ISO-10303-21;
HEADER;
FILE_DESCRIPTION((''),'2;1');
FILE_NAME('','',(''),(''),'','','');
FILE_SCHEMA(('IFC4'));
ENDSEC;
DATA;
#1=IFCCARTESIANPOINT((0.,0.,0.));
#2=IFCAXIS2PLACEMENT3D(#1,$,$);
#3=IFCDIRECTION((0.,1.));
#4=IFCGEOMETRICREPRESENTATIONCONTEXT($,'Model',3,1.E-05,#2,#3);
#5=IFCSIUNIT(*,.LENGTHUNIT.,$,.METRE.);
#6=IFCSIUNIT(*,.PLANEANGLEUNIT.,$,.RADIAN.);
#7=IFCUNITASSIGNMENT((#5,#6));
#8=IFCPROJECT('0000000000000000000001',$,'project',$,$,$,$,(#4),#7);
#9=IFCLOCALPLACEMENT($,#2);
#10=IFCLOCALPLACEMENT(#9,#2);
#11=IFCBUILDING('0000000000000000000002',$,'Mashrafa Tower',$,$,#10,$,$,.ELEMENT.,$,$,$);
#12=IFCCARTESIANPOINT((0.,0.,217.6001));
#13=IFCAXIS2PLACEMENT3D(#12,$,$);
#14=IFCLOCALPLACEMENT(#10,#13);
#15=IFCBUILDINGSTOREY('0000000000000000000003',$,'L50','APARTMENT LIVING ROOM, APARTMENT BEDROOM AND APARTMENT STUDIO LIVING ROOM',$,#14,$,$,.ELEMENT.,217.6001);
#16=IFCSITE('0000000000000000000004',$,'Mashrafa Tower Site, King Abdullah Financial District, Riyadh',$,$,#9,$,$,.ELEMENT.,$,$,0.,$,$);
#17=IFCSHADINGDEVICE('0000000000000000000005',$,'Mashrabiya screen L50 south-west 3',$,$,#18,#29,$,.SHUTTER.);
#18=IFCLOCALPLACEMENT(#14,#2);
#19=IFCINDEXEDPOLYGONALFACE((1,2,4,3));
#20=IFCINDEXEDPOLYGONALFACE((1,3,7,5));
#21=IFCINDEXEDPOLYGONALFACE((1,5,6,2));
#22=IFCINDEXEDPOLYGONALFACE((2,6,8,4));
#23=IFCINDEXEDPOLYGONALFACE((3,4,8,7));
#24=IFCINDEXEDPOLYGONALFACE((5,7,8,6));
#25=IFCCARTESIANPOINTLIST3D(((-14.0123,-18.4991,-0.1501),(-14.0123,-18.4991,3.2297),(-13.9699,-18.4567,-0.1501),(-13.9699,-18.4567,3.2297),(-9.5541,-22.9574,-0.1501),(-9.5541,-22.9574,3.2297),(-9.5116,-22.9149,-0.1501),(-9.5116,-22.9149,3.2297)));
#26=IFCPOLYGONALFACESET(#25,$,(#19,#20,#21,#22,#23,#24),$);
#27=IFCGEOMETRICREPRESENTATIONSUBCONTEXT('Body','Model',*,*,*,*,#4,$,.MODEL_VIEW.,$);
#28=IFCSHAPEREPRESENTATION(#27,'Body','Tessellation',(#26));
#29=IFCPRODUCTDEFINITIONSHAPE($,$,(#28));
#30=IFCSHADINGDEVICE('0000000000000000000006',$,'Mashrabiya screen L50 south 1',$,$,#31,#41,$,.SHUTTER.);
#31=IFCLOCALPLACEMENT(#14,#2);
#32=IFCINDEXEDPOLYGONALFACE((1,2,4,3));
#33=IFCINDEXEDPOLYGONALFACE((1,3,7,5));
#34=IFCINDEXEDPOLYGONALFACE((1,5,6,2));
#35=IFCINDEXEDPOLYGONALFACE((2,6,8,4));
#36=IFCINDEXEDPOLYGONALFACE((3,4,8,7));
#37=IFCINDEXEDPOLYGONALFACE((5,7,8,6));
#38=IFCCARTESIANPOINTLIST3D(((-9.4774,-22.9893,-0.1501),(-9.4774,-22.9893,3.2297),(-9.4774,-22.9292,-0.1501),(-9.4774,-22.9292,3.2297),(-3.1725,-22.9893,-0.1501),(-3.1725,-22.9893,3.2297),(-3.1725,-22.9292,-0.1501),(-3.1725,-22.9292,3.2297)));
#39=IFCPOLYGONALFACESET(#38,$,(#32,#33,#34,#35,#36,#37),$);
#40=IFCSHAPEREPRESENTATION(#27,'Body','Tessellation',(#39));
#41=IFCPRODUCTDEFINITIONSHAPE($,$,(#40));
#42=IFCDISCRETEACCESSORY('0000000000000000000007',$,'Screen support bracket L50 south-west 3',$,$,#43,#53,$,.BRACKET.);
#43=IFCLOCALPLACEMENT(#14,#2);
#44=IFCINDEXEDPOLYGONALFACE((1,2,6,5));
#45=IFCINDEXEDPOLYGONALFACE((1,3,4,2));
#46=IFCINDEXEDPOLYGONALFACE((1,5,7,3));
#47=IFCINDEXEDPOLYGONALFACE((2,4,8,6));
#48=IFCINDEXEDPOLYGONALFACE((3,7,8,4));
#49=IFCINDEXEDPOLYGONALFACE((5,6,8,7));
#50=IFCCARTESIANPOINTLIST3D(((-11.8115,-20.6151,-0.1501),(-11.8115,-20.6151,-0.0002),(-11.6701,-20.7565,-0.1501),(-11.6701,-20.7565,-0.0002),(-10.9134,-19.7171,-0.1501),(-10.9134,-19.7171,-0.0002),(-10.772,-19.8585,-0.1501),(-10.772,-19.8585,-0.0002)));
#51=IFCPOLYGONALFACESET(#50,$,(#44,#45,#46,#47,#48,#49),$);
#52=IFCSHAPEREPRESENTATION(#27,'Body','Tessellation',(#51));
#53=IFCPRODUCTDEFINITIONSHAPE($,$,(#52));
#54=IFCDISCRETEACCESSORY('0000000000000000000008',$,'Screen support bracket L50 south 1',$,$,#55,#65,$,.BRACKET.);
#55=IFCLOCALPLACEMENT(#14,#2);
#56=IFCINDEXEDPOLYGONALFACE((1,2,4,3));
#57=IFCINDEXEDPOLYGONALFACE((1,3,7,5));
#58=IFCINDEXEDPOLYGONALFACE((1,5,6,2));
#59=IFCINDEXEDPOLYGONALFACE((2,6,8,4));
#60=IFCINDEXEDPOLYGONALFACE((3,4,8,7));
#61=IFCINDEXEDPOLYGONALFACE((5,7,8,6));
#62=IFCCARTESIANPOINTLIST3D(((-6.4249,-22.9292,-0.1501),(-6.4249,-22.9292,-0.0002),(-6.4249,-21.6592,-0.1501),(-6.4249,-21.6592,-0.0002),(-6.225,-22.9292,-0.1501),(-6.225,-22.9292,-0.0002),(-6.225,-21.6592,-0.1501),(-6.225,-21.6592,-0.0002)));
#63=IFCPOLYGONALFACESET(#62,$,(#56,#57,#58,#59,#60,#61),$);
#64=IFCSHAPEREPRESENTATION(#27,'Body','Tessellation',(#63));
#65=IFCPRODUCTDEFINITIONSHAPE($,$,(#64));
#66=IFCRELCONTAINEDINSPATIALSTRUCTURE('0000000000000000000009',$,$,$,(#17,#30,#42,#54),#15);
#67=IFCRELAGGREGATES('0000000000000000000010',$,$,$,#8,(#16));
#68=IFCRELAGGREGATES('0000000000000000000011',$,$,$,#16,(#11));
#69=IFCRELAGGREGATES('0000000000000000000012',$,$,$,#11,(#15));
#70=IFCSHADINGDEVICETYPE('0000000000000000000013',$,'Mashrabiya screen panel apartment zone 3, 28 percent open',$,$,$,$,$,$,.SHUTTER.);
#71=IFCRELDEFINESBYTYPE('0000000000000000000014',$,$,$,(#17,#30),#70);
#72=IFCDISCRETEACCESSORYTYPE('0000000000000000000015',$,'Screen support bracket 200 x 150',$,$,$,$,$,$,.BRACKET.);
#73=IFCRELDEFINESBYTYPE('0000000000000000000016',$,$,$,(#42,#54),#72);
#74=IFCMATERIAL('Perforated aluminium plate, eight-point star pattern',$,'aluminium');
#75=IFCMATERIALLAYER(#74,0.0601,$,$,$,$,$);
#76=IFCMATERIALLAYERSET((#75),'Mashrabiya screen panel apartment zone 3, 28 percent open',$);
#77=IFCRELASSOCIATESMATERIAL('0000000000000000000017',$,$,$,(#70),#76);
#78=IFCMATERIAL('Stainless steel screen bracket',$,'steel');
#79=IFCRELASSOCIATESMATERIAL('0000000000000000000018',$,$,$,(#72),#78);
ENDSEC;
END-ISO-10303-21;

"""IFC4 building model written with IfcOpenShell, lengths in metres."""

from ifc_helpers import new_model, si_unit, direction, frame, origin, origin_2d, place, context, subcontext, project, spatial, rectangle, extrude, source, transform, mapped, material, layer, layer_set, type_object, type_shapes, element, save


model = new_model("IFC4")

# Units and contexts
model_context = context("Model", 3, precision=1e-05, world=origin(), true_north=direction((0.0, 1.0)))
body_context = subcontext(model_context, "Body", "Model", "MODEL_VIEW")
ifc_project = project(units=[si_unit("LENGTHUNIT", "METRE"), si_unit("PLANEANGLEUNIT", "RADIAN")], contexts=[model_context])

# Site, building, storey
site_placement = place(None, origin())
site = spatial("IfcSite", under=ifc_project, at=site_placement, Name="Mashrafa Tower Site, King Abdullah Financial District, Riyadh", CompositionType="ELEMENT", RefElevation=0.0)
building_placement = place(site_placement, origin())
building = spatial("IfcBuilding", under=site, at=building_placement, Name="Mashrafa Tower", CompositionType="ELEMENT")
storey_placement = place(building_placement, frame((0.0, 0.0, 217.6001)))
storey = spatial("IfcBuildingStorey", under=building, at=storey_placement, Name="L50", Description="APARTMENT LIVING ROOM, APARTMENT BEDROOM AND APARTMENT STUDIO LIVING ROOM", CompositionType="ELEMENT", Elevation=217.6001)

# Shading devices
ifc_material_1 = material(Name="Perforated aluminium plate, eight-point star pattern", Category="aluminium")
ifc_layer_1 = layer(ifc_material_1, 0.0601)
ifc_layer_set_1 = layer_set([ifc_layer_1], Name="Mashrabiya screen panel apartment zone 3, 28 percent open")
shading_device_type = type_object("IfcShadingDeviceType", Name="Mashrabiya screen panel apartment zone 3, 28 percent open", PredefinedType="SHUTTER", material=ifc_layer_set_1)
shared_shape_1 = source(origin(), body_context, "Body", "SweptSolid", [
    extrude(rectangle(XDim=6.3049, YDim=0.0601, at=origin_2d()), origin(), (0.0, 0.0, 1.0), 3.3799),
])
type_shapes(shading_device_type, [shared_shape_1])
for number, where, z_axis, x_axis, name in (
    (1, (-11.762, -20.707, -0.1501), (0.0, 0.0, 1.0), (0.707107, -0.707107, 0.0), "Mashrabiya screen L50 south-west 3"),
    (2, (-6.325, -22.9592, -0.1501), (0.0, 0.0, 1.0), (1.0, 0.0, 0.0), "Mashrabiya screen L50 south 1"),
):
    element("IfcShadingDevice", number, at=place(storey_placement, frame(where, z_axis=z_axis, x_axis=x_axis)), inside=storey, type_object=shading_device_type, Name=name, PredefinedType="SHUTTER", context=body_context, shape_type="MappedRepresentation", body=[
        mapped(shared_shape_1, transform((0.0, 0.0, 0.0))),
    ])

# Discrete accessories
ifc_material_2 = material(Name="Stainless steel screen bracket", Category="steel")
discrete_accessory_type = type_object("IfcDiscreteAccessoryType", Name="Screen support bracket 200 x 150", PredefinedType="BRACKET", material=ifc_material_2)
shared_shape_2 = source(origin(), body_context, "Body", "SweptSolid", [
    extrude(rectangle(XDim=0.2, YDim=1.27, at=origin_2d()), origin(), (0.0, 0.0, 1.0), 0.1499),
])
type_shapes(discrete_accessory_type, [shared_shape_2])
for number, where, z_axis, x_axis, name in (
    (3, (-11.2917, -20.2368, -0.1501), (0.0, 0.0, 1.0), (0.707107, -0.707107, 0.0), "Screen support bracket L50 south-west 3"),
    (4, (-6.325, -22.2942, -0.1501), (0.0, 0.0, 1.0), (1.0, 0.0, 0.0), "Screen support bracket L50 south 1"),
):
    element("IfcDiscreteAccessory", number, at=place(storey_placement, frame(where, z_axis=z_axis, x_axis=x_axis)), inside=storey, type_object=discrete_accessory_type, Name=name, PredefinedType="BRACKET", context=body_context, shape_type="MappedRepresentation", body=[
        mapped(shared_shape_2, transform((0.0, 0.0, 0.0))),
    ])

save(model, "model.ifc")
